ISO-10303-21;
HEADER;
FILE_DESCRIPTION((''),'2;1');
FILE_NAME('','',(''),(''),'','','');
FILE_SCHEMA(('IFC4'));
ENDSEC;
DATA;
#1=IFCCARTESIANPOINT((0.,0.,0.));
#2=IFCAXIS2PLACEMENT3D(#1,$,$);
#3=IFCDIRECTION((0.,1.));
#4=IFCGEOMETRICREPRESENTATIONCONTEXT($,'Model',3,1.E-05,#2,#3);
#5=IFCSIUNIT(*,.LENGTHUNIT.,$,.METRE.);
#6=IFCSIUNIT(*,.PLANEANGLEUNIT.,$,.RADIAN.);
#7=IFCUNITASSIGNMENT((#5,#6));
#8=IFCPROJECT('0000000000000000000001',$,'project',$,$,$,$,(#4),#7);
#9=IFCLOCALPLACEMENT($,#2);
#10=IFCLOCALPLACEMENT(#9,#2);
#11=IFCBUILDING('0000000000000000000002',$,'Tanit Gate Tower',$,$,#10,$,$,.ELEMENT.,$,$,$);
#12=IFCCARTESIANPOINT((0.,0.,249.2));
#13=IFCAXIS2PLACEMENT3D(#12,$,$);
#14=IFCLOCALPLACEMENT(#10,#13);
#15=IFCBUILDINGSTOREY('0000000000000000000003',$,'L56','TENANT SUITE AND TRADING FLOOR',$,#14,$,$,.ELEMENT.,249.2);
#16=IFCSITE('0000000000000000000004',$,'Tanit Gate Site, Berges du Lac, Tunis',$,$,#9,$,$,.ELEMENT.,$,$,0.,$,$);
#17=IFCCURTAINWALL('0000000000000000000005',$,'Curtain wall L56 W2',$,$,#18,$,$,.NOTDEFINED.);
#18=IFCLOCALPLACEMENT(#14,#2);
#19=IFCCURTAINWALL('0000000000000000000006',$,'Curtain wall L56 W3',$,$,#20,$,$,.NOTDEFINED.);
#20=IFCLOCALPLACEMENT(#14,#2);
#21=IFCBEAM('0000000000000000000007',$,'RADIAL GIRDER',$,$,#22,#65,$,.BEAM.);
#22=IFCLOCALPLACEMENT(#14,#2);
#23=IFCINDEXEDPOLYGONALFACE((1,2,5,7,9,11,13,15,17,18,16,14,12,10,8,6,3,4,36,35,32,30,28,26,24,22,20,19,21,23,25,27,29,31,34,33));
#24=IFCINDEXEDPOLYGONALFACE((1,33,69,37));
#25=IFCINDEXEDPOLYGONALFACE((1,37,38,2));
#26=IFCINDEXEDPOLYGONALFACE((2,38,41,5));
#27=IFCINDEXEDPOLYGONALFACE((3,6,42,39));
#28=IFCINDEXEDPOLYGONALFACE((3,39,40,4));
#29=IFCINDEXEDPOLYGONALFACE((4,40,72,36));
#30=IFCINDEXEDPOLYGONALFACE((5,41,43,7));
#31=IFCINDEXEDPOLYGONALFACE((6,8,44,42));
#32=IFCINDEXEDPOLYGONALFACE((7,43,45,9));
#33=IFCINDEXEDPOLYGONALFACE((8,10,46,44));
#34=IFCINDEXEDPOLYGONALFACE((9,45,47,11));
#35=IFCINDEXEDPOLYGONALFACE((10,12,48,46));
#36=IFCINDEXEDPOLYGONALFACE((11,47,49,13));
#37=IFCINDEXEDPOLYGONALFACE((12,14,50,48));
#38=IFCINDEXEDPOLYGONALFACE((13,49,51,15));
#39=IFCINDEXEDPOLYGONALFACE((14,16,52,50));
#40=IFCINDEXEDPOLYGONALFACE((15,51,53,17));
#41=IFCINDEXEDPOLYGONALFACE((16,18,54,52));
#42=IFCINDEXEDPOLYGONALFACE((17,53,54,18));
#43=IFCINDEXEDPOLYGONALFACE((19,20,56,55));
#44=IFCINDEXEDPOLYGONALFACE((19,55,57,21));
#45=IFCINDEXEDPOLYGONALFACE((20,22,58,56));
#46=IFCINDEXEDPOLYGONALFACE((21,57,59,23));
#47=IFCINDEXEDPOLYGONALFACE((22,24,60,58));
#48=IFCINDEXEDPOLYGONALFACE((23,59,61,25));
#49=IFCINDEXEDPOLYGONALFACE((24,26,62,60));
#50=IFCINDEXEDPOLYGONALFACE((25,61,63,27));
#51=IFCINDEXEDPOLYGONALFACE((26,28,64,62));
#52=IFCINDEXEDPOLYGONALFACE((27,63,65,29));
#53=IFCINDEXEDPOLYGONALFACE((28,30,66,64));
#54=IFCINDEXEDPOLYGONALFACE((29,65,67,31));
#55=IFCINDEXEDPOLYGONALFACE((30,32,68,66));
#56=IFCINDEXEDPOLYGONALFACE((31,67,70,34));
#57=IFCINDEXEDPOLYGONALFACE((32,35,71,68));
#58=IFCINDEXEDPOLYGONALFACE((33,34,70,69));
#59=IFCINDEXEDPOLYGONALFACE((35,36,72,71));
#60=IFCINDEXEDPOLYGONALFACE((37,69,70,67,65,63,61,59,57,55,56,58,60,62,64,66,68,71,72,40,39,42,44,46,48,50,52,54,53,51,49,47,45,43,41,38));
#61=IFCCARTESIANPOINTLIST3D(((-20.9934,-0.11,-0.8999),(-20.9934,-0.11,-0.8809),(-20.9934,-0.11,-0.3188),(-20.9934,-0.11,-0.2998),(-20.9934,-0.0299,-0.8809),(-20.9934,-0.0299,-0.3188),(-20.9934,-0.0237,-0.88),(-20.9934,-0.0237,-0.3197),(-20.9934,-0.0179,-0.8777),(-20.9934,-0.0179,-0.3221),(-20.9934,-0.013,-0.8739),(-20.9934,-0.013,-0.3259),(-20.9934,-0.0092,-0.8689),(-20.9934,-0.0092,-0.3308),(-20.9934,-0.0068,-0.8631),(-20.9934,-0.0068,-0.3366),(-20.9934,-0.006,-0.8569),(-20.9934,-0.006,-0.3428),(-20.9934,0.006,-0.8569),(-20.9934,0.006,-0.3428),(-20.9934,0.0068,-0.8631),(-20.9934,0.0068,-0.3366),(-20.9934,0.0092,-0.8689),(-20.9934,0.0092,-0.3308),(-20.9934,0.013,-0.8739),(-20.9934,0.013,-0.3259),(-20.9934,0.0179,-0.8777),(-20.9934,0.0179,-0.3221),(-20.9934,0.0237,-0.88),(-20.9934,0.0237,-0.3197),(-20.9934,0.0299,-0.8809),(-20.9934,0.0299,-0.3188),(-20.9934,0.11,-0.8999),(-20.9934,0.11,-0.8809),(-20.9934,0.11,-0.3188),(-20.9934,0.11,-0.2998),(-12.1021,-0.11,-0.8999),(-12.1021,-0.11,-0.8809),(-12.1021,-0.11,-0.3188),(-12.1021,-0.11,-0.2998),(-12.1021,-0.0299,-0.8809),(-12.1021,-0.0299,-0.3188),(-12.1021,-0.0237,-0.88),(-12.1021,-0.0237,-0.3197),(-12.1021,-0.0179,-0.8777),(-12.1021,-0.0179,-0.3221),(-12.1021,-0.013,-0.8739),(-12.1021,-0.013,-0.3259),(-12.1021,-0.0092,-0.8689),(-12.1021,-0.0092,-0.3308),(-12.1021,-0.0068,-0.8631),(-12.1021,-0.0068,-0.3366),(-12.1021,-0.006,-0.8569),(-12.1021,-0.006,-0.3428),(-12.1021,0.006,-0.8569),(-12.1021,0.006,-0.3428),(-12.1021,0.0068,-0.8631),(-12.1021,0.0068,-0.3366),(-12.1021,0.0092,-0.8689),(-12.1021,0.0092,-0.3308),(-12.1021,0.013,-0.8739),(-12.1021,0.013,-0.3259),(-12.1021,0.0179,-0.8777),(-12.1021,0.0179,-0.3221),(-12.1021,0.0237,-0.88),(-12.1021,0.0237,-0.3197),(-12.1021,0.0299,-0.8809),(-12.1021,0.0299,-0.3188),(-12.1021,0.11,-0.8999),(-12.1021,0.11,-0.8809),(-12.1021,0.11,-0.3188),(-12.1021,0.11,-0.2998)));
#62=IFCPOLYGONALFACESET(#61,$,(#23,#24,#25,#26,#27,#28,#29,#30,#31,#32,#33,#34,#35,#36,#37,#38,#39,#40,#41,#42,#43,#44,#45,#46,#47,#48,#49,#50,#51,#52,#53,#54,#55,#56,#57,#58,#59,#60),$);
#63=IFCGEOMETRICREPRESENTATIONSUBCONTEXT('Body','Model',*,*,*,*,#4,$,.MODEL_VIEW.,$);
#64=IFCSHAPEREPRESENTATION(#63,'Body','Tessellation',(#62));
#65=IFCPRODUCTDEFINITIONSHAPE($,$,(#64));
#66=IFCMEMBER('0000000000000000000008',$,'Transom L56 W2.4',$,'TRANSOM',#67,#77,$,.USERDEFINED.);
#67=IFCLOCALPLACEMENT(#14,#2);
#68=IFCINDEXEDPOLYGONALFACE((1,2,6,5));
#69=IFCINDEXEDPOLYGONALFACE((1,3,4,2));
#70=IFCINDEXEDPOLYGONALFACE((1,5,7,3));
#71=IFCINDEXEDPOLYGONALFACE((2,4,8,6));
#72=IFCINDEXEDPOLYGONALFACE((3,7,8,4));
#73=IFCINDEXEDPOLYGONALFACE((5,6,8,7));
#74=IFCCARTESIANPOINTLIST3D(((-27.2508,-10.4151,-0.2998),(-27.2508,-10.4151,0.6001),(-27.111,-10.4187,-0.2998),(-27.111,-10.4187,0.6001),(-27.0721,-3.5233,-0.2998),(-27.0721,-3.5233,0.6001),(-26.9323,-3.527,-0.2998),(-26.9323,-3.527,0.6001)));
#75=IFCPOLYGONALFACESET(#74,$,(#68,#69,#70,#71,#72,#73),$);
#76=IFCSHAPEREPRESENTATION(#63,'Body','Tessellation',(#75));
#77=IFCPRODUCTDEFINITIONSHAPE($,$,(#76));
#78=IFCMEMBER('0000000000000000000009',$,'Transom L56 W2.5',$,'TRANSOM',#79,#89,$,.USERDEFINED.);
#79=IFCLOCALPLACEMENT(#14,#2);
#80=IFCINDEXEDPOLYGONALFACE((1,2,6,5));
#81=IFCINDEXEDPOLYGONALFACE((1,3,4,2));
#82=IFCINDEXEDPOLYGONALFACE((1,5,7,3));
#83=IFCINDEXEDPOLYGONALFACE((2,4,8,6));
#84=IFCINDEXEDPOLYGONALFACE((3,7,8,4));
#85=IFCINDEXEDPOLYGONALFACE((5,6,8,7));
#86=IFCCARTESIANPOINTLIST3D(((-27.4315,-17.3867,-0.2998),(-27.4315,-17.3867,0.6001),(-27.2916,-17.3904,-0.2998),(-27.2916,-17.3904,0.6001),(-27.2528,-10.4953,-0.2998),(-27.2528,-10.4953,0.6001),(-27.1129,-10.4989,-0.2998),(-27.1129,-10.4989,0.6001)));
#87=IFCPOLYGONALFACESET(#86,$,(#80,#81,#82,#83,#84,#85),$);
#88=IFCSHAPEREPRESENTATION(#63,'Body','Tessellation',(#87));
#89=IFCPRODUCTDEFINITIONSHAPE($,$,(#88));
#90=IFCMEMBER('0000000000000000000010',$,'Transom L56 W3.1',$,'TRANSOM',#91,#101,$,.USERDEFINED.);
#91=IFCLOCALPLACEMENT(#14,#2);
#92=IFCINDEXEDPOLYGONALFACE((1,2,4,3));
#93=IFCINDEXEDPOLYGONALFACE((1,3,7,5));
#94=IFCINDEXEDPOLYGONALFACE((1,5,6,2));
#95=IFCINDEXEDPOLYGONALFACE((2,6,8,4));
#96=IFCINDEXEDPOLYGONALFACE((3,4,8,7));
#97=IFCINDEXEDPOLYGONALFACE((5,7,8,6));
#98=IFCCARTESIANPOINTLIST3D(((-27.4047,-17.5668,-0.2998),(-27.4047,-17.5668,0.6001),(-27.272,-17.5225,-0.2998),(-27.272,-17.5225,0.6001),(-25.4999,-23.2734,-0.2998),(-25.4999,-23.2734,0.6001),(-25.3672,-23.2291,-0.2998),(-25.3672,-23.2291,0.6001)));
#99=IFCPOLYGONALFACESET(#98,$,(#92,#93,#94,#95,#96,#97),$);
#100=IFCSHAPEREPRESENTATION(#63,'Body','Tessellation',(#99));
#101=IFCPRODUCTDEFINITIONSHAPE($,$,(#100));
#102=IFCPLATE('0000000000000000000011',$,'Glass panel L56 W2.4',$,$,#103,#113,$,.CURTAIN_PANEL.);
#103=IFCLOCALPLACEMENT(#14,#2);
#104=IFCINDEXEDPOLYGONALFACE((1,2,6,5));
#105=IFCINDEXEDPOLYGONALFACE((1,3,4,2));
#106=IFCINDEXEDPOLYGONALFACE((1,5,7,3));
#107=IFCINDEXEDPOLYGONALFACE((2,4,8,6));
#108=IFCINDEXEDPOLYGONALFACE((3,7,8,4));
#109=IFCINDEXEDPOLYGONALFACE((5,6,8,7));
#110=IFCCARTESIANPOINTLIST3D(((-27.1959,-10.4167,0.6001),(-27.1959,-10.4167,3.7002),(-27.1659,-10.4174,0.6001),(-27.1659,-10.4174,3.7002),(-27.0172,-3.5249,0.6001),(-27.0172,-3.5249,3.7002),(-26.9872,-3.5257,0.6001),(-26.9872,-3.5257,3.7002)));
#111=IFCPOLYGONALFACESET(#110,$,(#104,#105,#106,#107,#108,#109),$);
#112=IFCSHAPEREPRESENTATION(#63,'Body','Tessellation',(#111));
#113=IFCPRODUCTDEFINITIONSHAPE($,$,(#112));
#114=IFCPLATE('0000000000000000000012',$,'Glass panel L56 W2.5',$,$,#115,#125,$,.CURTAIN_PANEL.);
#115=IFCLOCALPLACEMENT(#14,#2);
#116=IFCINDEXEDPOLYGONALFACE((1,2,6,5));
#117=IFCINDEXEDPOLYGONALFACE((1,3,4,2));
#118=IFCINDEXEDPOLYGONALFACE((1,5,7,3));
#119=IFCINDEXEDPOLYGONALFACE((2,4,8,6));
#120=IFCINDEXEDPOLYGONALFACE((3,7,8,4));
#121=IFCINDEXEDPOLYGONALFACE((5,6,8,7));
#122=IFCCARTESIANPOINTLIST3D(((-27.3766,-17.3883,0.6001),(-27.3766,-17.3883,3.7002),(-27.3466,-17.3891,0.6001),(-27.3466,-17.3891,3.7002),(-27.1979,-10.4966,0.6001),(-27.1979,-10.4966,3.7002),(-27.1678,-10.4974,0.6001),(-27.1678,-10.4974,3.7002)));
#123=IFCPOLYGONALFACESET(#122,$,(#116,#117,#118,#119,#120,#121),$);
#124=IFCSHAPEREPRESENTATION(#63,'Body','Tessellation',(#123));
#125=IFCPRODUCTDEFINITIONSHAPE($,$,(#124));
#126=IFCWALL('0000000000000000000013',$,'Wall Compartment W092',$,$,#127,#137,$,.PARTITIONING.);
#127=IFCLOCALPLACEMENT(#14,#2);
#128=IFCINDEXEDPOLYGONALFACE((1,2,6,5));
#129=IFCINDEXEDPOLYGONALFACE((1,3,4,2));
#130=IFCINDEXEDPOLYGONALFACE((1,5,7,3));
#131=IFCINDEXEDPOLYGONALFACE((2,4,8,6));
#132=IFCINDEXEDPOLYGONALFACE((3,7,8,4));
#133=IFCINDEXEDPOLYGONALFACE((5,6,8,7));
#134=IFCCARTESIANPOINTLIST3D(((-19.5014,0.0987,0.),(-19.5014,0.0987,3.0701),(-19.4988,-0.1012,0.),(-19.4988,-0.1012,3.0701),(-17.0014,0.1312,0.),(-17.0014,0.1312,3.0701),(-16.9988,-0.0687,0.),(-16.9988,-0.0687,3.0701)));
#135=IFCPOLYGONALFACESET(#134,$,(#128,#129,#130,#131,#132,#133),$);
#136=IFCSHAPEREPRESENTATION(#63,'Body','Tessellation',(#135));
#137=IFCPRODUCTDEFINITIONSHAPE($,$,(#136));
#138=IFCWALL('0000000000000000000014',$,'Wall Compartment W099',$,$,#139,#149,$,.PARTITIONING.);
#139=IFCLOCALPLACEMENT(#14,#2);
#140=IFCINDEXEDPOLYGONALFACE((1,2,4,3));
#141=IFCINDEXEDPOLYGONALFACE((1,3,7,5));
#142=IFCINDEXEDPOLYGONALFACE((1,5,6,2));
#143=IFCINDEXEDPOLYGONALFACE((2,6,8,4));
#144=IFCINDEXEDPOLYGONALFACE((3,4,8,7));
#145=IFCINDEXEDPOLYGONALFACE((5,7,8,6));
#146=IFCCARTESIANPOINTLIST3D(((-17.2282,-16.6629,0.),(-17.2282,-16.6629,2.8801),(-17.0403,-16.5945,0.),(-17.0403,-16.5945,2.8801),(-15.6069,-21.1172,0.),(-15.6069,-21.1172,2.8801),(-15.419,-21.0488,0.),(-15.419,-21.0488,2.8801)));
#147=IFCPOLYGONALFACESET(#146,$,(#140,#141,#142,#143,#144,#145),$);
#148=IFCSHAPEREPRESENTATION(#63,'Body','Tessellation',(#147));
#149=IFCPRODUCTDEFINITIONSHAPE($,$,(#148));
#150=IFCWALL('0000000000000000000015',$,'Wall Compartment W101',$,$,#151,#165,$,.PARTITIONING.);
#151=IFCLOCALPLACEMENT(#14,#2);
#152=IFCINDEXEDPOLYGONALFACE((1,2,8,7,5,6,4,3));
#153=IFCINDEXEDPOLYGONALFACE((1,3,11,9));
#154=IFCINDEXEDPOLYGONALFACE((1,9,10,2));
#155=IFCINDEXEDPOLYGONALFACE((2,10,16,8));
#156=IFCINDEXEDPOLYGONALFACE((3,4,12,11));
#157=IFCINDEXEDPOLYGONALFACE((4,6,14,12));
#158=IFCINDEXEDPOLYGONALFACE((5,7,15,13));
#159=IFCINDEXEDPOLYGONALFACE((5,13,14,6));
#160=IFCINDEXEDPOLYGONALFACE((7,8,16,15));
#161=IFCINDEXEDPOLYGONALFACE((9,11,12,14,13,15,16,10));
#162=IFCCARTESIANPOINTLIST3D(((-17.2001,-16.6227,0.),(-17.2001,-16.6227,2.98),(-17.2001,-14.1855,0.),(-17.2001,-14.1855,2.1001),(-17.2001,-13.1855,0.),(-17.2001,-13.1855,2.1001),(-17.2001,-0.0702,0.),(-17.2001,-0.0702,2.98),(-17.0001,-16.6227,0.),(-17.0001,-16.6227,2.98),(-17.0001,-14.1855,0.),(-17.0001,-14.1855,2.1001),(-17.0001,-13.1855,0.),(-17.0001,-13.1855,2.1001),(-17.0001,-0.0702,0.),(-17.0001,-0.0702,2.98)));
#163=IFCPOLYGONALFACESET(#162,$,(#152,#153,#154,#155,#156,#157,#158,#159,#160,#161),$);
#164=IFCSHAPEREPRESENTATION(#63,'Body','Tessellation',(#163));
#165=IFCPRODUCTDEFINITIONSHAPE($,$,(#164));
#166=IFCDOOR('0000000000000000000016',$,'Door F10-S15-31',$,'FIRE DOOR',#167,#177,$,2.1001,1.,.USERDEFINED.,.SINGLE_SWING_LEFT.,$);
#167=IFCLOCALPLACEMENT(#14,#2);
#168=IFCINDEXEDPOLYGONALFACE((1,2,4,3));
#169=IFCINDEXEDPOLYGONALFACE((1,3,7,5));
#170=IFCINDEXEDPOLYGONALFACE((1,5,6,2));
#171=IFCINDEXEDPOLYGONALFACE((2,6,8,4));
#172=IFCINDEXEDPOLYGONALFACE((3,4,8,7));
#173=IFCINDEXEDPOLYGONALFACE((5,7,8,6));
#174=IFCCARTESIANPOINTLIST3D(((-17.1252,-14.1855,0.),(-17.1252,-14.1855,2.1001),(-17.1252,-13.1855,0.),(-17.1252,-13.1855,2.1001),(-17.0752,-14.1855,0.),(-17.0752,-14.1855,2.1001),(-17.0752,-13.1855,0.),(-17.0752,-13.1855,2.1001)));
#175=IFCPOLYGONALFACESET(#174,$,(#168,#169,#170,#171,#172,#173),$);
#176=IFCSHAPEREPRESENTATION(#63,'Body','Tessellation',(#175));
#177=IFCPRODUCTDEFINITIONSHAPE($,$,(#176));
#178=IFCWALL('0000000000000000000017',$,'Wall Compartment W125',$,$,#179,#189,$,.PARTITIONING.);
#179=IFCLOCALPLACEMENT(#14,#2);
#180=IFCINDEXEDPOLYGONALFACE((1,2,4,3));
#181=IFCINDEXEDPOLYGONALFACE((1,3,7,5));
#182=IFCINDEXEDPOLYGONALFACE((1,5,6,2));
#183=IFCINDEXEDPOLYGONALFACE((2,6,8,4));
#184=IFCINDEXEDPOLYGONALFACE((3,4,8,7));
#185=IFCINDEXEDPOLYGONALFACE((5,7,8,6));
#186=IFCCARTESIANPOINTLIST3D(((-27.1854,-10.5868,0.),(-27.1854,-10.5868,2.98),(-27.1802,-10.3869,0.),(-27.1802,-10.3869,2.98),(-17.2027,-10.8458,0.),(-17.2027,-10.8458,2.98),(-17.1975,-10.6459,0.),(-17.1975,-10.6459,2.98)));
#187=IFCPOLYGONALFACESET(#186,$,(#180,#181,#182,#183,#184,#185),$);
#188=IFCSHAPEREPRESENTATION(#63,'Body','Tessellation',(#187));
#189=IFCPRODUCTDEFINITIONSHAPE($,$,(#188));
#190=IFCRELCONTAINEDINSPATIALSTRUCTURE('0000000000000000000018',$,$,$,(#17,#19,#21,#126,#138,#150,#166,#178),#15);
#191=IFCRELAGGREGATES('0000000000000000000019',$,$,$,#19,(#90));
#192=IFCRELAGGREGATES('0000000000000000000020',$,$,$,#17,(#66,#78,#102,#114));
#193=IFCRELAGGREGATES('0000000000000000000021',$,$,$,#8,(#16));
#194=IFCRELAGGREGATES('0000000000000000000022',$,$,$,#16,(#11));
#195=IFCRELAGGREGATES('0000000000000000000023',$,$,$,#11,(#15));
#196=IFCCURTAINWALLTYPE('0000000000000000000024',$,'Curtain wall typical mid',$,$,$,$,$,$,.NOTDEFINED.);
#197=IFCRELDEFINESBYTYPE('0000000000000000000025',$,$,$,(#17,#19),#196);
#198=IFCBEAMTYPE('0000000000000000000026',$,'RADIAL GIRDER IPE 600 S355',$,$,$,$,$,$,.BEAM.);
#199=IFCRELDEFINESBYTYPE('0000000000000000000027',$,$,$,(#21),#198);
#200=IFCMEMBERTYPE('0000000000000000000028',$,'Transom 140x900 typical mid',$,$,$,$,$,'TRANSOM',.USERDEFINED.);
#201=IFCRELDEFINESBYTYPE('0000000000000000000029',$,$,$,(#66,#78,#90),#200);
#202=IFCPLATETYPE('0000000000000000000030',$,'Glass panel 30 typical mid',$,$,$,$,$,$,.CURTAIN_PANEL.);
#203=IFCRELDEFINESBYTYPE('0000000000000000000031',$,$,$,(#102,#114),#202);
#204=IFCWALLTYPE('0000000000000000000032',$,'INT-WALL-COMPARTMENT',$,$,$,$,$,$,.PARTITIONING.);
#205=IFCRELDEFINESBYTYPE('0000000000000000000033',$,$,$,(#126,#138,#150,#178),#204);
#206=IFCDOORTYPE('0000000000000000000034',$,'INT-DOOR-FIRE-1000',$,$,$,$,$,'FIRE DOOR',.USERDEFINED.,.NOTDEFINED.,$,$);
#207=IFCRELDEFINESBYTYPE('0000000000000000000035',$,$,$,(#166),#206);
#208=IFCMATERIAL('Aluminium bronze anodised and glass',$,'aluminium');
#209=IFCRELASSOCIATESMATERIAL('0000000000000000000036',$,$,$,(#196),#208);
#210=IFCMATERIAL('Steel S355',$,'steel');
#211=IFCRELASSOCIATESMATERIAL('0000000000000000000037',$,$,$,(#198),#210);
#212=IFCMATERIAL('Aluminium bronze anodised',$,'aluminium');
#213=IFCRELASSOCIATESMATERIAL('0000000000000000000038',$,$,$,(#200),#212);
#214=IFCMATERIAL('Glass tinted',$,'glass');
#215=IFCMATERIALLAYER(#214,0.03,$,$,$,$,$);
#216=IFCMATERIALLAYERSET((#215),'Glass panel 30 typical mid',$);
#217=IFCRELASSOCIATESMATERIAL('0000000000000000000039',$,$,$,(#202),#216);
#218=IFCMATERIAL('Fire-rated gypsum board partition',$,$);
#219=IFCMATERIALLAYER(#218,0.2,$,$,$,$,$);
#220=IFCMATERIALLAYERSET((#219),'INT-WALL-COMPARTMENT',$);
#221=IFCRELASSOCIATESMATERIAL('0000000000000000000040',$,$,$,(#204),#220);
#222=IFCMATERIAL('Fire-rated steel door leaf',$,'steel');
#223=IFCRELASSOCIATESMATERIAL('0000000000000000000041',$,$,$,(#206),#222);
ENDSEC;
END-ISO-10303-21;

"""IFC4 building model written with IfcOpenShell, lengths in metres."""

from ifc_helpers import new_model, si_unit, direction, frame, frame_2d, origin, origin_2d, place, context, subcontext, project, spatial, rectangle, i_section, extrude, material, layer, layer_set, material_profile, profile_set, type_object, element, fill, aggregate, save


model = new_model("IFC4")

# Units and contexts
model_context = context("Model", 3, precision=1e-05, world=origin(), true_north=direction((0.0, 1.0)))
body_context = subcontext(model_context, "Body", "Model", "MODEL_VIEW")
ifc_project = project(units=[si_unit("LENGTHUNIT", "METRE"), si_unit("PLANEANGLEUNIT", "RADIAN")], contexts=[model_context])

# Site, building, storey
site_placement = place(None, origin())
site = spatial("IfcSite", under=ifc_project, at=site_placement, Name="Tanit Gate Site, Berges du Lac, Tunis", CompositionType="ELEMENT", RefElevation=0.0)
building_placement = place(site_placement, origin())
building = spatial("IfcBuilding", under=site, at=building_placement, Name="Tanit Gate Tower", CompositionType="ELEMENT")
storey_placement = place(building_placement, frame((0.0, 0.0, 249.2)))
storey = spatial("IfcBuildingStorey", under=building, at=storey_placement, Name="L56", Description="TENANT SUITE AND TRADING FLOOR", CompositionType="ELEMENT", Elevation=249.2)

# Curtain wall
ifc_material_1 = material(Name="Aluminium bronze anodised and glass", Category="aluminium")
curtain_wall_type = type_object("IfcCurtainWallType", Name="Curtain wall typical mid", PredefinedType="NOTDEFINED", material=ifc_material_1)
curtain_wall_1_placement = place(storey_placement, origin())
curtain_wall_1 = element("IfcCurtainWall", 1, at=curtain_wall_1_placement, inside=storey, type_object=curtain_wall_type, Name="Curtain wall L56 W2", PredefinedType="NOTDEFINED")

# Curtain wall
curtain_wall_2_placement = place(storey_placement, origin())
curtain_wall_2 = element("IfcCurtainWall", 2, at=curtain_wall_2_placement, inside=storey, type_object=curtain_wall_type, Name="Curtain wall L56 W3", PredefinedType="NOTDEFINED")

# Beam
ifc_material_2 = material(Name="Steel S355", Category="steel")
ifc_material_profile_1 = material_profile(ifc_material_2, i_section(OverallWidth=0.22, OverallDepth=0.6001, WebThickness=0.012, FlangeThickness=0.019, FilletRadius=0.0239, at=origin_2d()), Name="IPE 600")
ifc_profile_set_1 = profile_set([ifc_material_profile_1], Name="Steel S355")
beam_type_1 = type_object("IfcBeamType", Name="RADIAL GIRDER IPE 600 S355", PredefinedType="BEAM", material=ifc_profile_set_1)
beam_1_placement = place(storey_placement, frame((-20.9934, 0.0, -0.5999), z_axis=(1.0, 0.0, 0.0), x_axis=(0.0, 1.0, 0.0)))
element("IfcBeam", 3, at=beam_1_placement, inside=storey, type_object=beam_type_1, Name="RADIAL GIRDER", PredefinedType="BEAM", context=body_context, shape_type="SweptSolid", body=[
    extrude(i_section(OverallWidth=0.22, OverallDepth=0.6001, WebThickness=0.012, FlangeThickness=0.019, FilletRadius=0.0239, at=origin_2d()), origin(), (0.0, 0.0, 1.0), 8.8914),
])

# Members
ifc_material_3 = material(Name="Aluminium bronze anodised", Category="aluminium")
ifc_material_profile_2 = material_profile(ifc_material_3, rectangle(XDim=0.1399, YDim=0.8999, at=origin_2d()), Name="140x900 bronze transom")
ifc_profile_set_2 = profile_set([ifc_material_profile_2], Name="Aluminium bronze anodised")
member_type_1 = type_object("IfcMemberType", Name="Transom 140x900 typical mid", ElementType="TRANSOM", PredefinedType="USERDEFINED", material=ifc_profile_set_2)
member_1_placement = place(storey_placement, frame((-27.0022, -3.5251, 0.1501), z_axis=(-0.025922, -0.999664, 0.0), x_axis=(0.999664, -0.025922, 0.0)))
member_1 = element("IfcMember", 4, at=member_1_placement, type_object=member_type_1, Name="Transom L56 W2.4", ObjectType="TRANSOM", PredefinedType="USERDEFINED", context=body_context, shape_type="SweptSolid", body=[
    extrude(rectangle(XDim=0.1399, YDim=0.8999, at=origin_2d()), origin(), (0.0, 0.0, 1.0), 6.894),
])
member_2_placement = place(storey_placement, frame((-27.1829, -10.4971, 0.1501), z_axis=(-0.025923, -0.999664, 0.0), x_axis=(0.999664, -0.025923, 0.0)))
member_2 = element("IfcMember", 5, at=member_2_placement, type_object=member_type_1, Name="Transom L56 W2.5", ObjectType="TRANSOM", PredefinedType="USERDEFINED", context=body_context, shape_type="SweptSolid", body=[
    extrude(rectangle(XDim=0.1399, YDim=0.8999, at=origin_2d()), origin(), (0.0, 0.0, 1.0), 6.8938),
])
member_3_placement = place(storey_placement, frame((-27.3384, -17.5447, 0.1501), z_axis=(0.316617, -0.948553, 0.0), x_axis=(0.948553, 0.316617, 0.0)))
member_3 = element("IfcMember", 6, at=member_3_placement, type_object=member_type_1, Name="Transom L56 W3.1", ObjectType="TRANSOM", PredefinedType="USERDEFINED", context=body_context, shape_type="SweptSolid", body=[
    extrude(rectangle(XDim=0.1399, YDim=0.8999, at=origin_2d()), origin(), (0.0, 0.0, 1.0), 6.0161),
])
aggregate(curtain_wall_2, [member_3])

# Plates
ifc_material_4 = material(Name="Glass tinted", Category="glass")
ifc_layer_1 = layer(ifc_material_4, 0.03)
ifc_layer_set_1 = layer_set([ifc_layer_1], Name="Glass panel 30 typical mid")
plate_type = type_object("IfcPlateType", Name="Glass panel 30 typical mid", PredefinedType="CURTAIN_PANEL", material=ifc_layer_set_1)
plate_1_placement = place(storey_placement, frame((-27.0916, -6.9712, 0.6001), z_axis=(0.0, 0.0, 1.0), x_axis=(-0.025924, -0.999664, 0.0)))
plate_1 = element("IfcPlate", 7, at=plate_1_placement, type_object=plate_type, Name="Glass panel L56 W2.4", PredefinedType="CURTAIN_PANEL", context=body_context, shape_type="SweptSolid", body=[
    extrude(rectangle(XDim=6.894, YDim=0.03, at=origin_2d()), origin(), (0.0, 0.0, 1.0), 3.1001),
])
plate_2_placement = place(storey_placement, frame((-27.2722, -13.9429, 0.6001), z_axis=(0.0, 0.0, 1.0), x_axis=(-0.025924, -0.999664, 0.0)))
plate_2 = element("IfcPlate", 8, at=plate_2_placement, type_object=plate_type, Name="Glass panel L56 W2.5", PredefinedType="CURTAIN_PANEL", context=body_context, shape_type="SweptSolid", body=[
    extrude(rectangle(XDim=6.894, YDim=0.03, at=origin_2d()), origin(), (0.0, 0.0, 1.0), 3.1001),
])
aggregate(curtain_wall_1, [member_1, member_2, plate_1, plate_2])

# Walls
ifc_material_5 = material(Name="Fire-rated gypsum board partition")
ifc_layer_2 = layer(ifc_material_5, 0.2)
ifc_layer_set_2 = layer_set([ifc_layer_2], Name="INT-WALL-COMPARTMENT")
wall_type_1 = type_object("IfcWallType", Name="INT-WALL-COMPARTMENT", PredefinedType="PARTITIONING", material=ifc_layer_set_2)
wall_1_placement = place(storey_placement, frame((-19.5, -0.0012, 0.0), z_axis=(0.0, 0.0, 1.0), x_axis=(0.999916, 0.012987, 0.0)))
element("IfcWall", 9, at=wall_1_placement, inside=storey, type_object=wall_type_1, Name="Wall Compartment W092", PredefinedType="PARTITIONING", context=body_context, shape_type="SweptSolid", body=[
    extrude(rectangle(XDim=2.5002, YDim=0.2, at=frame_2d((1.25, 0.0))), origin(), (0.0, 0.0, 1.0), 3.0701),
])
wall_2_placement = place(storey_placement, frame((-17.1343, -16.6287, 0.0), z_axis=(0.0, 0.0, 1.0), x_axis=(0.342037, -0.939687, 0.0)))
element("IfcWall", 10, at=wall_2_placement, inside=storey, type_object=wall_type_1, Name="Wall Compartment W099", PredefinedType="PARTITIONING", context=body_context, shape_type="SweptSolid", body=[
    extrude(rectangle(XDim=4.7402, YDim=0.2, at=frame_2d((2.3701, 0.0))), origin(), (0.0, 0.0, 1.0), 2.8801),
])

# Wall, opening, door
wall_3_placement = place(storey_placement, frame((-17.1001, -0.0701, 0.0), z_axis=(0.0, 0.0, 1.0), x_axis=(0.0, -1.0, 0.0)))
wall_3 = element("IfcWall", 11, at=wall_3_placement, inside=storey, type_object=wall_type_1, Name="Wall Compartment W101", PredefinedType="PARTITIONING", context=body_context, shape_type="SweptSolid", body=[
    extrude(rectangle(XDim=16.5525, YDim=0.2, at=frame_2d((8.2764, 0.0))), origin(), (0.0, 0.0, 1.0), 2.98),
])
opening_1_placement = place(wall_3_placement, frame((13.1155, 0.0, 0.0)))
opening_1 = element("IfcOpeningElement", 12, at=opening_1_placement, cuts=wall_3, PredefinedType="OPENING", context=body_context, shape_type="SweptSolid", body=[
    extrude(rectangle(XDim=1.0, YDim=2.1001, at=frame_2d((0.5, 1.05))), frame((0.0, 0.1099, 0.0), z_axis=(0.0, -1.0, 0.0), x_axis=(1.0, 0.0, 0.0)), (0.0, 0.0, 1.0), 0.22),
])
ifc_material_6 = material(Name="Fire-rated steel door leaf", Category="steel")
door_type_1 = type_object("IfcDoorType", Name="INT-DOOR-FIRE-1000", ElementType="FIRE DOOR", OperationType="NOTDEFINED", PredefinedType="USERDEFINED", material=ifc_material_6)
door_1_placement = place(opening_1_placement, origin())
door_1 = element("IfcDoor", 13, at=door_1_placement, inside=storey, type_object=door_type_1, Name="Door F10-S15-31", ObjectType="FIRE DOOR", OperationType="SINGLE_SWING_LEFT", OverallHeight=2.1001, OverallWidth=1.0, PredefinedType="USERDEFINED", context=body_context, shape_type="SweptSolid", body=[
    extrude(rectangle(XDim=1.0, YDim=2.1001, at=frame_2d((0.5, 1.05))), frame((0.0, 0.0249, 0.0), z_axis=(0.0, -1.0, 0.0), x_axis=(1.0, 0.0, 0.0)), (0.0, 0.0, 1.0), 0.05),
])
fill(opening_1, door_1)

# Wall
wall_4_placement = place(storey_placement, frame((-17.2, -10.7458, 0.0), z_axis=(0.0, 0.0, 1.0), x_axis=(-0.999664, 0.02594, 0.0)))
element("IfcWall", 14, at=wall_4_placement, inside=storey, type_object=wall_type_1, Name="Wall Compartment W125", PredefinedType="PARTITIONING", context=body_context, shape_type="SweptSolid", body=[
    extrude(rectangle(XDim=9.9861, YDim=0.2, at=frame_2d((4.9932, 0.0))), origin(), (0.0, 0.0, 1.0), 2.98),
])

save(model, "model.ifc")
